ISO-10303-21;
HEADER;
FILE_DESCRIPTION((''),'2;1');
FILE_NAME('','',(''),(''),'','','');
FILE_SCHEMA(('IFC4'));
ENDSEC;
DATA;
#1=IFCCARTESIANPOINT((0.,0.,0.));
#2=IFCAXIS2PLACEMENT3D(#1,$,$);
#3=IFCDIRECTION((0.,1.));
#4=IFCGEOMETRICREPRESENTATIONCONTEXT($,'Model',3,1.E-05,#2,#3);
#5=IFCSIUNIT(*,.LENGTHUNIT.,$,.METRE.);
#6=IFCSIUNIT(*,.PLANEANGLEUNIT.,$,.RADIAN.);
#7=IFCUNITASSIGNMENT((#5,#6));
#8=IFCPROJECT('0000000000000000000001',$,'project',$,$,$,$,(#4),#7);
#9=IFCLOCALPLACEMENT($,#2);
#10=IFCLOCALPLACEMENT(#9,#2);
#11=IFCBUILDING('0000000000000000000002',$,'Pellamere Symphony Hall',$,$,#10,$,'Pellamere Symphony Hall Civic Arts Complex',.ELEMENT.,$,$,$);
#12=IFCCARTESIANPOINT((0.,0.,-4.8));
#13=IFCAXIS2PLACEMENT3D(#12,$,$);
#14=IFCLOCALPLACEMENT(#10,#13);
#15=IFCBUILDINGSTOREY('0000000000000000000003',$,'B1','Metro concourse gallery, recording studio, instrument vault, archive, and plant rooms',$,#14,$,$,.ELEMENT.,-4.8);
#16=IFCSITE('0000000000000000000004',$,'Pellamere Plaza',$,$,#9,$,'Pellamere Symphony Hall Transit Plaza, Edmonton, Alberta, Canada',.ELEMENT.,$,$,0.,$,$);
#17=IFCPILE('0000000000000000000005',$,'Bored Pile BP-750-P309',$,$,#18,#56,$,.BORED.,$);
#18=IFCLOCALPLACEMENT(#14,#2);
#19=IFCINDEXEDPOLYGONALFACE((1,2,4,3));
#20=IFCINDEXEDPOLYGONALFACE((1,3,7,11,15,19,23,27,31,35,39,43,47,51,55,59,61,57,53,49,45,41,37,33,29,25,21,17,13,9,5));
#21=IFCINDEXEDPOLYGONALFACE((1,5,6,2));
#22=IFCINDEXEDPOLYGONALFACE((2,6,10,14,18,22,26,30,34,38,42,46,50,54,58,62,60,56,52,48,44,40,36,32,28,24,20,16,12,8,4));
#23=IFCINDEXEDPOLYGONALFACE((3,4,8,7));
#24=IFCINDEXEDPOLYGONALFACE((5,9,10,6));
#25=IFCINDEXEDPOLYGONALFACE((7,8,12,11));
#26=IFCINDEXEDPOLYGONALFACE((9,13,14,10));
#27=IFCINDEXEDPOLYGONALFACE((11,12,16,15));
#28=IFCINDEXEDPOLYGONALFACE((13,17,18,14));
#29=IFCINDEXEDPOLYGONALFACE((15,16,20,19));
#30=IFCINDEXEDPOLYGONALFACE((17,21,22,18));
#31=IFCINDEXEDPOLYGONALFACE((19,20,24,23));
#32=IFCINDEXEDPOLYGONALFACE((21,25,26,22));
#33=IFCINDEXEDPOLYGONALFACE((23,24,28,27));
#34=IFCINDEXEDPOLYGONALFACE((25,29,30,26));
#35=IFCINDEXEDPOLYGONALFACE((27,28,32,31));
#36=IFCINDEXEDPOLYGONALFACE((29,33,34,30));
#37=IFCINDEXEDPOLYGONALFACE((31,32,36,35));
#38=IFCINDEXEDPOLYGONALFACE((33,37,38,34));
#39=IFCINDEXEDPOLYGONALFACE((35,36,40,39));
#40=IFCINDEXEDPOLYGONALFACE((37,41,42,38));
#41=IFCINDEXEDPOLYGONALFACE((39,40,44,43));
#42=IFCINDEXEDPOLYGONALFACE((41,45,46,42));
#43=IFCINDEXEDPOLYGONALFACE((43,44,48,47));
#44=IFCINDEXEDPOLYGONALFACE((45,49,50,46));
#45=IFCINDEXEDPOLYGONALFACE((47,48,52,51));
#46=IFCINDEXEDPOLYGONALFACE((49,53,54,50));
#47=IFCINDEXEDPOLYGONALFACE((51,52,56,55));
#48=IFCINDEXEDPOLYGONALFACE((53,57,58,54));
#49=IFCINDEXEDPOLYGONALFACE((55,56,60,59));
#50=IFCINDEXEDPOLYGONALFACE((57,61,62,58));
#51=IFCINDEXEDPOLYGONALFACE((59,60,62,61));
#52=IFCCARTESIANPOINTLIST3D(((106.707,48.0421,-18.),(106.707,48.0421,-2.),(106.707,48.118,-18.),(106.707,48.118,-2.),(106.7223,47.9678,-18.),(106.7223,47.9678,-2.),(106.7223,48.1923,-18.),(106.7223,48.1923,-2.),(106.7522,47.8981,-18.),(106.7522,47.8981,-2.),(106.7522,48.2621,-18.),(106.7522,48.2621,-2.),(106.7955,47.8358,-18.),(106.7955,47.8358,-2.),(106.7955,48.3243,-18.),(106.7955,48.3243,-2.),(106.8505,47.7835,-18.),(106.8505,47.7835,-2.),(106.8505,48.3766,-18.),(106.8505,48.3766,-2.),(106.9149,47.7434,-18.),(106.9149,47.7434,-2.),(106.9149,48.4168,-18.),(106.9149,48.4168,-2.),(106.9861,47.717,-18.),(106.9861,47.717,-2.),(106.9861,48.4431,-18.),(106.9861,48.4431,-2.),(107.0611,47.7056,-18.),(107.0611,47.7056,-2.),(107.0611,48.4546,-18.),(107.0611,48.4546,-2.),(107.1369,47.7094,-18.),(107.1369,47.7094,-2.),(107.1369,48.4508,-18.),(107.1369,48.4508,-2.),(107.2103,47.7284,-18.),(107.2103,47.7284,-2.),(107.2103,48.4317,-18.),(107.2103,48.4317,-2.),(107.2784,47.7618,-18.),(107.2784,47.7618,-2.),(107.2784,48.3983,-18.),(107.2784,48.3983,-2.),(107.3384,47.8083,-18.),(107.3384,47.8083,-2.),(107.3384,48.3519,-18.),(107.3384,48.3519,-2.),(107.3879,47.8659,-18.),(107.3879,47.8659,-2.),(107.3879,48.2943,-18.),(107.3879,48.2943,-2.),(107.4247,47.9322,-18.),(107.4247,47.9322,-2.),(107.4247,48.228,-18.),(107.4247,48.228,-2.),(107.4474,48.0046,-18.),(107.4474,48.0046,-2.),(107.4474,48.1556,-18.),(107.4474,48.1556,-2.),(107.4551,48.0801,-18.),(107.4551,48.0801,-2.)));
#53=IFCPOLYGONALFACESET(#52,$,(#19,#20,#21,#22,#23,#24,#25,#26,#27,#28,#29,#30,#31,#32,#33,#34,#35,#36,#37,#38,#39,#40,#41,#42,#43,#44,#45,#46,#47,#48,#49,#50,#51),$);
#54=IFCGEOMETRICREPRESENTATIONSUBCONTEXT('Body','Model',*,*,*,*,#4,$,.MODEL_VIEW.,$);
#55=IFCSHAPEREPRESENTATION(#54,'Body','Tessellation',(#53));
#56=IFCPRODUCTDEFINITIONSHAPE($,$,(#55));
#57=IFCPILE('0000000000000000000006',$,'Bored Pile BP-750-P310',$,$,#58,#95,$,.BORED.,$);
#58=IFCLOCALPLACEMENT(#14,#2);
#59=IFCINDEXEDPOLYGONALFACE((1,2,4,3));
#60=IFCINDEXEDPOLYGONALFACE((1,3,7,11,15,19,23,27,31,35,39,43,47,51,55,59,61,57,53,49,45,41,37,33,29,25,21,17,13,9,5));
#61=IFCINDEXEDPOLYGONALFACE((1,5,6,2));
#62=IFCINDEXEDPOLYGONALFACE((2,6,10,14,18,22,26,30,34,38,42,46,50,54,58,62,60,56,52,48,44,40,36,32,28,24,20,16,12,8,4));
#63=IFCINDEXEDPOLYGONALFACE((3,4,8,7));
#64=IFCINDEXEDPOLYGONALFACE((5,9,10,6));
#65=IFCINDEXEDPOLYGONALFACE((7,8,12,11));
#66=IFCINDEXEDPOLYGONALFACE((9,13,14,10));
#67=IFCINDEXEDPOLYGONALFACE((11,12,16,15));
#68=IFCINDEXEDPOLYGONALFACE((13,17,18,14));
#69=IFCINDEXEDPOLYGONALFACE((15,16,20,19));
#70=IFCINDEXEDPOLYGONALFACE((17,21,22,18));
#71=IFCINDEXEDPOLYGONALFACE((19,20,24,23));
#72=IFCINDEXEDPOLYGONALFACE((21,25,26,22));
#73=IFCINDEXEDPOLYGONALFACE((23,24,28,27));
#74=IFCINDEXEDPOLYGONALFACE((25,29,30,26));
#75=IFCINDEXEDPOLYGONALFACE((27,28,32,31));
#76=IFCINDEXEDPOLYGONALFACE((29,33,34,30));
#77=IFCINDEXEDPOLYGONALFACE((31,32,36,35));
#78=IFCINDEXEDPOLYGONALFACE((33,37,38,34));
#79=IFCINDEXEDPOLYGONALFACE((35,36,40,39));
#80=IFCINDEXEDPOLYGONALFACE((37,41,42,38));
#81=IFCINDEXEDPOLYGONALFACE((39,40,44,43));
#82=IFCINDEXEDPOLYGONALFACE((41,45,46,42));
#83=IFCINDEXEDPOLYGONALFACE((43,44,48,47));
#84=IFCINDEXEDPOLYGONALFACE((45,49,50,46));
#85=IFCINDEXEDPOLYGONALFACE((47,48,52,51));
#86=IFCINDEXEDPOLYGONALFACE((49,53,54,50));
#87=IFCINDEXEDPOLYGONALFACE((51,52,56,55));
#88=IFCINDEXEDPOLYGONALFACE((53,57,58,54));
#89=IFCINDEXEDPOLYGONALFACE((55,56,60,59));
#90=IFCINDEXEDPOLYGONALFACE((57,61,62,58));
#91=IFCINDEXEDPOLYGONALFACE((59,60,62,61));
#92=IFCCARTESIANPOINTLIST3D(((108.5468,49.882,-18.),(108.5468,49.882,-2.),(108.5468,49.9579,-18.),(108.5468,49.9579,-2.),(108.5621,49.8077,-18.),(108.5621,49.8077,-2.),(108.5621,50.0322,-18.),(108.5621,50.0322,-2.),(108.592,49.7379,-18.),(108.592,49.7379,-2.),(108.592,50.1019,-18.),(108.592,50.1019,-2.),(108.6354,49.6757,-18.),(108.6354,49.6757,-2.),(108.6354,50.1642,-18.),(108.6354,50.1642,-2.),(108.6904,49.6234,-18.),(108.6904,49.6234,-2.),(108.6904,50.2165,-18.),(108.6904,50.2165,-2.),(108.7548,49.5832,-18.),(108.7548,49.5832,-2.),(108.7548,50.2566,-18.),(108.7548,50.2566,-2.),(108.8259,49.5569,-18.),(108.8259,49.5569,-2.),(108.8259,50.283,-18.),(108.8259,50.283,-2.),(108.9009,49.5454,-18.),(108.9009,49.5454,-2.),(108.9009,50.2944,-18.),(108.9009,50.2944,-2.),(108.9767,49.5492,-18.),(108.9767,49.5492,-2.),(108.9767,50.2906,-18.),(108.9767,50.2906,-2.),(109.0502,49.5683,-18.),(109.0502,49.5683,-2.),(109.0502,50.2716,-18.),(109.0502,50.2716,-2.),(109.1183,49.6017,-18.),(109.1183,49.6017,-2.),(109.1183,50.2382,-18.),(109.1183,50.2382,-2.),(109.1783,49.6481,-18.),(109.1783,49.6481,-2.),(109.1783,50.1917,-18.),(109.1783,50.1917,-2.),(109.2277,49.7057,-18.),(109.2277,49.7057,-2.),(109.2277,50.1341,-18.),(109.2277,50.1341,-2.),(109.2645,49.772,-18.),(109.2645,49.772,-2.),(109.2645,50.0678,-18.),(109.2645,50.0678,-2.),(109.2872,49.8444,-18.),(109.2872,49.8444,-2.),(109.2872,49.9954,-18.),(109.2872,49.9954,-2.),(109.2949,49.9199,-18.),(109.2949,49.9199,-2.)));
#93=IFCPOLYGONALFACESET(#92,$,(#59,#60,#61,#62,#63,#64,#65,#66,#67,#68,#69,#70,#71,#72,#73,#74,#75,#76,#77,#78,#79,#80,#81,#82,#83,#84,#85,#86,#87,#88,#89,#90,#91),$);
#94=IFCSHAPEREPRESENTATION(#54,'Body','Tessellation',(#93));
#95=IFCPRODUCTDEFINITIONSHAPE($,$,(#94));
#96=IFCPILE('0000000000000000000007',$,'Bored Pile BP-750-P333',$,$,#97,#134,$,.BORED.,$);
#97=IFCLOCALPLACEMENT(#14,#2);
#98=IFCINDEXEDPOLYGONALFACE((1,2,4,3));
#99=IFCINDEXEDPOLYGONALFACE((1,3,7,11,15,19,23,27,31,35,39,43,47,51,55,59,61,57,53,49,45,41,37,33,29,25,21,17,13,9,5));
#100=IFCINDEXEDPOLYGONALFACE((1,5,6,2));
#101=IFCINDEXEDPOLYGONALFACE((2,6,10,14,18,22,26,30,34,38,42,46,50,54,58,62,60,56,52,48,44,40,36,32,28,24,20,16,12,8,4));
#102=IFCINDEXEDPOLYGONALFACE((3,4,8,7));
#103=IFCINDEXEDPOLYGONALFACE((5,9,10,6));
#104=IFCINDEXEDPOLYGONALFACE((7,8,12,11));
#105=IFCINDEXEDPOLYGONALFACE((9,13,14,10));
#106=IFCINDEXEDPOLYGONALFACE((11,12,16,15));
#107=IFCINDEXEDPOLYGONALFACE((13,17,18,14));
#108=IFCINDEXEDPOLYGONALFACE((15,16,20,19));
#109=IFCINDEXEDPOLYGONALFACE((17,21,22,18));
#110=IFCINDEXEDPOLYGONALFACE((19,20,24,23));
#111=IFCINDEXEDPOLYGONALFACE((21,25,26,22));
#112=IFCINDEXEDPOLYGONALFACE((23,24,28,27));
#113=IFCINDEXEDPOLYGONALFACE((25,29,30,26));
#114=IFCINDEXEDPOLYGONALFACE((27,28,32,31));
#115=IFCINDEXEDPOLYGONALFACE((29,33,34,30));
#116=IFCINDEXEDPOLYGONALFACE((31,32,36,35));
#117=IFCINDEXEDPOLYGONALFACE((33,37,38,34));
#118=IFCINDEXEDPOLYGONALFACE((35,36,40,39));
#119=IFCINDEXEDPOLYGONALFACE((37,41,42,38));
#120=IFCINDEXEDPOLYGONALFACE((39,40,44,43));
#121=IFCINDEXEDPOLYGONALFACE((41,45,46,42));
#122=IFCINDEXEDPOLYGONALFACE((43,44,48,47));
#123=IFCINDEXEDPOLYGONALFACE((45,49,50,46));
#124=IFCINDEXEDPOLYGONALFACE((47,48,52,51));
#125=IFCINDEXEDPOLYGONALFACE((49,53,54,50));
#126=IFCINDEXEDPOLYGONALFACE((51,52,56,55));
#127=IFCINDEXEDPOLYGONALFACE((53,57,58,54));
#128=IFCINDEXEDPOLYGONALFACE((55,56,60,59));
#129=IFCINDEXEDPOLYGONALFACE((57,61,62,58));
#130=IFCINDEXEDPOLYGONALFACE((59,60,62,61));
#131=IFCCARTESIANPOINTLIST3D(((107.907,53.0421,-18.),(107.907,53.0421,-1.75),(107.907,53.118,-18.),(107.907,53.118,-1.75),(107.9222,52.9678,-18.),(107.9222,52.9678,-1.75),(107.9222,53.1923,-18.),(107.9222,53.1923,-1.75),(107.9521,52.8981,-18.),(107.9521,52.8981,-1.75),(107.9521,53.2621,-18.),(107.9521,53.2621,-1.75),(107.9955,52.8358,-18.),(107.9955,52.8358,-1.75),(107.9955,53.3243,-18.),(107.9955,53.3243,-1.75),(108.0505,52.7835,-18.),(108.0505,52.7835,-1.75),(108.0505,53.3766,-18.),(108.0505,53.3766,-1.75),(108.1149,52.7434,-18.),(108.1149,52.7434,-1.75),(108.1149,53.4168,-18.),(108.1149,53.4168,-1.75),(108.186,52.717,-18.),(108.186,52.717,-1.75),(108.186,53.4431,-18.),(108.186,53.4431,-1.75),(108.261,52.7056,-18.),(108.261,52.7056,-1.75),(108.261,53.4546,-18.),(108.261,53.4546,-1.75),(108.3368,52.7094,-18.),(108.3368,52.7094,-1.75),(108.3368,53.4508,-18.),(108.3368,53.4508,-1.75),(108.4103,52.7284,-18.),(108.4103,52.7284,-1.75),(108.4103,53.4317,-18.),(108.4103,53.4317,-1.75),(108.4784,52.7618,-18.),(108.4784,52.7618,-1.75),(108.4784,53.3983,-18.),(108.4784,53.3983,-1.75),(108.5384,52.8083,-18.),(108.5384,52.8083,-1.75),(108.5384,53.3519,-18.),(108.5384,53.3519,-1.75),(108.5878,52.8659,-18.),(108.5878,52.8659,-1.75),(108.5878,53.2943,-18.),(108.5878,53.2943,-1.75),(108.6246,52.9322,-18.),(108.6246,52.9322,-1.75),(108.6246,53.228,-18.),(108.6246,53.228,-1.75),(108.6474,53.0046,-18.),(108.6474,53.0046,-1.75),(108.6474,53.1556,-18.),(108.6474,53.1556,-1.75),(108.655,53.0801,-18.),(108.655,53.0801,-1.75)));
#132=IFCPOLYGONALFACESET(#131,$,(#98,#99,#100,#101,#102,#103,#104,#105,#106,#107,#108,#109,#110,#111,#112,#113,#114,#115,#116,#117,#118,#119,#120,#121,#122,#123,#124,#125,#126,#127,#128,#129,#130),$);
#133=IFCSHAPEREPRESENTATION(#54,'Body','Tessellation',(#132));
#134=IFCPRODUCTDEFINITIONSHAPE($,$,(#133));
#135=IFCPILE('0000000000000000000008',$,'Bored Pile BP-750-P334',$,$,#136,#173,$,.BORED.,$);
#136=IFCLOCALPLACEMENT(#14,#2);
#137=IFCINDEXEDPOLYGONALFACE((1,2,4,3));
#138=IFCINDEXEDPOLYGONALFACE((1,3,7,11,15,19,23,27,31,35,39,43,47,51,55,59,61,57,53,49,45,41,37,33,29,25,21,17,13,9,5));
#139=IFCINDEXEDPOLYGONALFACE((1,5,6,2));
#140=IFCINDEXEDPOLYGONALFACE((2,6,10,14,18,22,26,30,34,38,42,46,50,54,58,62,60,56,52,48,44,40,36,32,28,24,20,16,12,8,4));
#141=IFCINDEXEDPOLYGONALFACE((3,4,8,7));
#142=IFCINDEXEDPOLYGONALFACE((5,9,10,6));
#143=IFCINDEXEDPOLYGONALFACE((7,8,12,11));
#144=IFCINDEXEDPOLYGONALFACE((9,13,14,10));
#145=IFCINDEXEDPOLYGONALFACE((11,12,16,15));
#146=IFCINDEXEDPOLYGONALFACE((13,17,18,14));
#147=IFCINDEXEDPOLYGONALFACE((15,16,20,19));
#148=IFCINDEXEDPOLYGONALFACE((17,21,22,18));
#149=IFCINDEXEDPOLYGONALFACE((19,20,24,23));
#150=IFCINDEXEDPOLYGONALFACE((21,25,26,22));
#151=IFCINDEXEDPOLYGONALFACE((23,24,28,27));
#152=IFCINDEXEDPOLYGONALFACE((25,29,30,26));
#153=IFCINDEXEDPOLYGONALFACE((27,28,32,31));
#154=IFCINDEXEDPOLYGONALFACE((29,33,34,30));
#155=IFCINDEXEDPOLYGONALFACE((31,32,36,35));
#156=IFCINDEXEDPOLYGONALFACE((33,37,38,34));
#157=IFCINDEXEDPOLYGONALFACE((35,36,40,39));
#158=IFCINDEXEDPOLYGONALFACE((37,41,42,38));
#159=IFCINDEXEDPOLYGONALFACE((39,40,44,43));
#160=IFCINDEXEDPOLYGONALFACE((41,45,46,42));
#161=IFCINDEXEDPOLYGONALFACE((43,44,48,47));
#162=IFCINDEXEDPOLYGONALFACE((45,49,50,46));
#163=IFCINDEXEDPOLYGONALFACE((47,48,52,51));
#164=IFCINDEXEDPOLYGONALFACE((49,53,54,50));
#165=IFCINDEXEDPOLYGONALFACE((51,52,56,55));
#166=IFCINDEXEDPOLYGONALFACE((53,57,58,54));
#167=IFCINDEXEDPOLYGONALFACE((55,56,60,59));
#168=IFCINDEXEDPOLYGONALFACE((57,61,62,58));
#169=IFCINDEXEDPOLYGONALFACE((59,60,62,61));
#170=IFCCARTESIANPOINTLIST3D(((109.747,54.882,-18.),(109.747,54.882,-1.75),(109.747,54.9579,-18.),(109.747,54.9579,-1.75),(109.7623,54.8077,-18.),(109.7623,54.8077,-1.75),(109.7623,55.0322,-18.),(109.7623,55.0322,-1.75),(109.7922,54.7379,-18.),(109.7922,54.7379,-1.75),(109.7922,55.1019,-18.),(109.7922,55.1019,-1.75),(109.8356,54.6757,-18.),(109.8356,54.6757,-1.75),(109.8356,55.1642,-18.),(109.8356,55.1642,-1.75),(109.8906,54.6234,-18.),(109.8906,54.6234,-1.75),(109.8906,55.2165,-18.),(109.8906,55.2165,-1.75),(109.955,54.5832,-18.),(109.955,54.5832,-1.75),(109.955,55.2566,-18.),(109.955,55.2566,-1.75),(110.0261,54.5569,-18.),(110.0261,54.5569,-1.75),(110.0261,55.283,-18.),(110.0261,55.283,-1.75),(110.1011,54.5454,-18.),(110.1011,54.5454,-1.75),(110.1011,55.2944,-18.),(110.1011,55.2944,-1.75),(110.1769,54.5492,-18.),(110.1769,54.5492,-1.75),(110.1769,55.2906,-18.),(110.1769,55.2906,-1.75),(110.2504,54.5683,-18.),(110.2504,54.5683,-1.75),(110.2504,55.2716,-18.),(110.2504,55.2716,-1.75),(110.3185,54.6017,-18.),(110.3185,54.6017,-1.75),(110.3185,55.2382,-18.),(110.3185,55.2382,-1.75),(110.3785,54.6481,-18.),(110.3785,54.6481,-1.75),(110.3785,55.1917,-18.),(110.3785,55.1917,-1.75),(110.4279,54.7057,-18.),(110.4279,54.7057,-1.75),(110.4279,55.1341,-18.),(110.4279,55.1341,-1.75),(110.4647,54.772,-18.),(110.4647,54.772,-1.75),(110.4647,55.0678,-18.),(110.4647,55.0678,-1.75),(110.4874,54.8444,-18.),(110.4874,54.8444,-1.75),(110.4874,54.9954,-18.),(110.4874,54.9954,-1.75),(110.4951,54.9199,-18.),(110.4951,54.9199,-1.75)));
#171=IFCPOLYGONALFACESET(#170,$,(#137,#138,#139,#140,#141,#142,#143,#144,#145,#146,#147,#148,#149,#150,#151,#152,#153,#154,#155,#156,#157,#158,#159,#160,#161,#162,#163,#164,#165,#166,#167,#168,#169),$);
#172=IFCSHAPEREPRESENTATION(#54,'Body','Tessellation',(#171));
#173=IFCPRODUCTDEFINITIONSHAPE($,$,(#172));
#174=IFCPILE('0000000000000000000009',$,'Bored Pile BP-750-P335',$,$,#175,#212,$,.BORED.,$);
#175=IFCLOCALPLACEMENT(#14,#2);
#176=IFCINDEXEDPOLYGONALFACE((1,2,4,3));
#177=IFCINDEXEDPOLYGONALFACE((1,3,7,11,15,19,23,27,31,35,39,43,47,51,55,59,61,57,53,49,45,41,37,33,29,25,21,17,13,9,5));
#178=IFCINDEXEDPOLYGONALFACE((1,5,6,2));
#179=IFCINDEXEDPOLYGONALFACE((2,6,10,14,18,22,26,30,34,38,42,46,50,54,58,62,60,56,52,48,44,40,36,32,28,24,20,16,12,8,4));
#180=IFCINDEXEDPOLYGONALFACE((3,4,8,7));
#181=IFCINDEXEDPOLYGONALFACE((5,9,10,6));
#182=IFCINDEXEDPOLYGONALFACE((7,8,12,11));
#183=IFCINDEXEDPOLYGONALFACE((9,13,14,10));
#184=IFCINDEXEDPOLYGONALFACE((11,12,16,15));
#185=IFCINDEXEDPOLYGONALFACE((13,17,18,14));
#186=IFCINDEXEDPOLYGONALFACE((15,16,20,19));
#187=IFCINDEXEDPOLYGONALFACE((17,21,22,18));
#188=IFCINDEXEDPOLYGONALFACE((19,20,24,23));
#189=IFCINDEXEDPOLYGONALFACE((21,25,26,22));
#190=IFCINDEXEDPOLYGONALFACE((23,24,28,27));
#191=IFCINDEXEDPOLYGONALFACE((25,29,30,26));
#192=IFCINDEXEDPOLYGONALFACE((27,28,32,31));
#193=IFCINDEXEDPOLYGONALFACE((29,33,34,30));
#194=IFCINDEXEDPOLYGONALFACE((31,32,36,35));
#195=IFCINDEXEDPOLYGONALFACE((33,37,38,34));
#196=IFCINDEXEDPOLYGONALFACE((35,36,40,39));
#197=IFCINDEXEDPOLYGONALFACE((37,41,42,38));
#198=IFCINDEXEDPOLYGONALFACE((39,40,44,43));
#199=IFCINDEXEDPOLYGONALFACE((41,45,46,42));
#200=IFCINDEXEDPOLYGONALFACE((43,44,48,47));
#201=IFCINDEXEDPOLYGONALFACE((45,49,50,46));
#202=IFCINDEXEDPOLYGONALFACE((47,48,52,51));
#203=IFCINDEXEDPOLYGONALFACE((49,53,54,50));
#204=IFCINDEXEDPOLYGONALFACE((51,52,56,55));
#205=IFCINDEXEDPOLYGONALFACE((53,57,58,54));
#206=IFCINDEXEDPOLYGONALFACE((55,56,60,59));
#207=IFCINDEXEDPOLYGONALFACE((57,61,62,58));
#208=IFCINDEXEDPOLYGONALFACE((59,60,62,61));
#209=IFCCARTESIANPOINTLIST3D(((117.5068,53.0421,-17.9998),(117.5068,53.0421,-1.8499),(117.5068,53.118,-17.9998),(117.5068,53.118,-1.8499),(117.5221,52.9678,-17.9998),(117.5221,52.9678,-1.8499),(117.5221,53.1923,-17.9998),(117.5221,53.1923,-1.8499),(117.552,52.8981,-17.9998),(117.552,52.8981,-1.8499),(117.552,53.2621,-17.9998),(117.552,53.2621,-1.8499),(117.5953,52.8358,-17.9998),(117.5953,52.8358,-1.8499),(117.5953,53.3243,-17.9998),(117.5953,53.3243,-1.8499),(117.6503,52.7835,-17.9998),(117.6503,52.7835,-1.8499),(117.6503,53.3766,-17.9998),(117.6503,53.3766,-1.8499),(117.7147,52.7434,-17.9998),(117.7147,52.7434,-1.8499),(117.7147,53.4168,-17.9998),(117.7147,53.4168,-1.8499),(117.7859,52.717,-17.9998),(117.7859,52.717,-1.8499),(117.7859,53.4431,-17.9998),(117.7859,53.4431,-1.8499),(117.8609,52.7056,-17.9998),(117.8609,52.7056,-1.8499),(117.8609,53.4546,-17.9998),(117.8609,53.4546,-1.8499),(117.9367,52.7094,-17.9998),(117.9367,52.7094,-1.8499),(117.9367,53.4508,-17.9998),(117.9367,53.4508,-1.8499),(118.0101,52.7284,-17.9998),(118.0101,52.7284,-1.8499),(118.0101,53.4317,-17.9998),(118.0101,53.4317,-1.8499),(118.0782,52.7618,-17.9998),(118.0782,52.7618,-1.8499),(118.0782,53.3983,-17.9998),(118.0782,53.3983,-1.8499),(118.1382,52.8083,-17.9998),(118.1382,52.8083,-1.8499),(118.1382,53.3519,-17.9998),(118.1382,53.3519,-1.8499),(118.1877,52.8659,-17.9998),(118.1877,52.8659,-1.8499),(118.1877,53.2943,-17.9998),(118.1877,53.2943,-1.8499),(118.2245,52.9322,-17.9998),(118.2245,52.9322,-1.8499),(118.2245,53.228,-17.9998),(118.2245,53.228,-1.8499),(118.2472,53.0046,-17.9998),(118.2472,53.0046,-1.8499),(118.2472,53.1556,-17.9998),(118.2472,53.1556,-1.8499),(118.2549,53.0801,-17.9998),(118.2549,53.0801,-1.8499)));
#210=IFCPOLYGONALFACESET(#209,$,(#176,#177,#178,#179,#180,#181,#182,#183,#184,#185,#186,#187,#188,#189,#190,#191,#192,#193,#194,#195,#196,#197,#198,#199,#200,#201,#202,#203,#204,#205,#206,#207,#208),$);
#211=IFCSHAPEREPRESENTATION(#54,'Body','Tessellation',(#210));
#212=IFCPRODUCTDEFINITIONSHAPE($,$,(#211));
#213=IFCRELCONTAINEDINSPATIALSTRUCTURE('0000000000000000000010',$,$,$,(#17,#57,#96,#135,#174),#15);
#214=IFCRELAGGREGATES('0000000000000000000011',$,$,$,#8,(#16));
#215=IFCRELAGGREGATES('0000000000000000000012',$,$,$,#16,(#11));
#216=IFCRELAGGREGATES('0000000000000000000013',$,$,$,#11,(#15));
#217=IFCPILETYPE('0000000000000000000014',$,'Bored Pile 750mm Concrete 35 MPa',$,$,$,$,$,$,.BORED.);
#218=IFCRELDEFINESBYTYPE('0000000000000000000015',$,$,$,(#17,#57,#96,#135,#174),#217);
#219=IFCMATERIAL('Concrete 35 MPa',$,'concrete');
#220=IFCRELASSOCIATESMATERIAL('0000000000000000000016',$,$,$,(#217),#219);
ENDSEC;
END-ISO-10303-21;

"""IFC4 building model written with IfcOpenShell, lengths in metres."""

from ifc_helpers import new_model, si_unit, direction, frame, origin, origin_2d, place, context, subcontext, project, spatial, circle, extrude, material, material_profile, profile_set, type_object, element, save


model = new_model("IFC4")

# Units and contexts
model_context = context("Model", 3, precision=1e-05, world=origin(), true_north=direction((0.0, 1.0)))
body_context = subcontext(model_context, "Body", "Model", "MODEL_VIEW")
ifc_project = project(units=[si_unit("LENGTHUNIT", "METRE"), si_unit("PLANEANGLEUNIT", "RADIAN")], contexts=[model_context])

# Site, building, storey
site_placement = place(None, origin())
site = spatial("IfcSite", under=ifc_project, at=site_placement, Name="Pellamere Plaza", LongName="Pellamere Symphony Hall Transit Plaza, Edmonton, Alberta, Canada", CompositionType="ELEMENT", RefElevation=0.0)
building_placement = place(site_placement, origin())
building = spatial("IfcBuilding", under=site, at=building_placement, Name="Pellamere Symphony Hall", LongName="Pellamere Symphony Hall Civic Arts Complex", CompositionType="ELEMENT")
storey_placement = place(building_placement, frame((0.0, 0.0, -4.8)))
storey = spatial("IfcBuildingStorey", under=building, at=storey_placement, Name="B1", Description="Metro concourse gallery, recording studio, instrument vault, archive, and plant rooms", CompositionType="ELEMENT", Elevation=-4.8)

# Piles
ifc_material_1 = material(Name="Concrete 35 MPa", Category="concrete")
ifc_material_profile_1 = material_profile(ifc_material_1, circle(Radius=0.375, at=origin_2d()), Name="PILE D750")
ifc_profile_set_1 = profile_set([ifc_material_profile_1], Name="Concrete 35 MPa")
pile_type = type_object("IfcPileType", Name="Bored Pile 750mm Concrete 35 MPa", PredefinedType="BORED", material=ifc_profile_set_1)
for number, where, z_axis, x_axis, name in (
    (1, (107.0801, 48.0801, -2.0), (0.0, 0.0, -1.0), (1.0, 0.0, 0.0), "Bored Pile BP-750-P309"),
    (2, (108.9199, 49.9199, -2.0), (0.0, 0.0, -1.0), (1.0, 0.0, 0.0), "Bored Pile BP-750-P310"),
):
    element("IfcPile", number, at=place(storey_placement, frame(where, z_axis=z_axis, x_axis=x_axis)), inside=storey, type_object=pile_type, Name=name, PredefinedType="BORED", context=body_context, shape_type="SweptSolid", body=[
        extrude(circle(Radius=0.375, at=origin_2d()), origin(), (0.0, 0.0, 1.0), 16.0),
    ])
for number, where, z_axis, x_axis, name in (
    (3, (108.28, 53.0801, -1.75), (0.0, 0.0, -1.0), (1.0, 0.0, 0.0), "Bored Pile BP-750-P333"),
    (4, (110.1201, 54.9199, -1.75), (0.0, 0.0, -1.0), (1.0, 0.0, 0.0), "Bored Pile BP-750-P334"),
):
    element("IfcPile", number, at=place(storey_placement, frame(where, z_axis=z_axis, x_axis=x_axis)), inside=storey, type_object=pile_type, Name=name, PredefinedType="BORED", context=body_context, shape_type="SweptSolid", body=[
        extrude(circle(Radius=0.375, at=origin_2d()), origin(), (0.0, 0.0, 1.0), 16.25),
    ])
pile_1_placement = place(storey_placement, frame((117.8799, 53.0801, -1.8499), z_axis=(0.0, 0.0, -1.0), x_axis=(1.0, 0.0, 0.0)))
element("IfcPile", 5, at=pile_1_placement, inside=storey, type_object=pile_type, Name="Bored Pile BP-750-P335", PredefinedType="BORED", context=body_context, shape_type="SweptSolid", body=[
    extrude(circle(Radius=0.375, at=origin_2d()), origin(), (0.0, 0.0, 1.0), 16.1499),
])

save(model, "model.ifc")
